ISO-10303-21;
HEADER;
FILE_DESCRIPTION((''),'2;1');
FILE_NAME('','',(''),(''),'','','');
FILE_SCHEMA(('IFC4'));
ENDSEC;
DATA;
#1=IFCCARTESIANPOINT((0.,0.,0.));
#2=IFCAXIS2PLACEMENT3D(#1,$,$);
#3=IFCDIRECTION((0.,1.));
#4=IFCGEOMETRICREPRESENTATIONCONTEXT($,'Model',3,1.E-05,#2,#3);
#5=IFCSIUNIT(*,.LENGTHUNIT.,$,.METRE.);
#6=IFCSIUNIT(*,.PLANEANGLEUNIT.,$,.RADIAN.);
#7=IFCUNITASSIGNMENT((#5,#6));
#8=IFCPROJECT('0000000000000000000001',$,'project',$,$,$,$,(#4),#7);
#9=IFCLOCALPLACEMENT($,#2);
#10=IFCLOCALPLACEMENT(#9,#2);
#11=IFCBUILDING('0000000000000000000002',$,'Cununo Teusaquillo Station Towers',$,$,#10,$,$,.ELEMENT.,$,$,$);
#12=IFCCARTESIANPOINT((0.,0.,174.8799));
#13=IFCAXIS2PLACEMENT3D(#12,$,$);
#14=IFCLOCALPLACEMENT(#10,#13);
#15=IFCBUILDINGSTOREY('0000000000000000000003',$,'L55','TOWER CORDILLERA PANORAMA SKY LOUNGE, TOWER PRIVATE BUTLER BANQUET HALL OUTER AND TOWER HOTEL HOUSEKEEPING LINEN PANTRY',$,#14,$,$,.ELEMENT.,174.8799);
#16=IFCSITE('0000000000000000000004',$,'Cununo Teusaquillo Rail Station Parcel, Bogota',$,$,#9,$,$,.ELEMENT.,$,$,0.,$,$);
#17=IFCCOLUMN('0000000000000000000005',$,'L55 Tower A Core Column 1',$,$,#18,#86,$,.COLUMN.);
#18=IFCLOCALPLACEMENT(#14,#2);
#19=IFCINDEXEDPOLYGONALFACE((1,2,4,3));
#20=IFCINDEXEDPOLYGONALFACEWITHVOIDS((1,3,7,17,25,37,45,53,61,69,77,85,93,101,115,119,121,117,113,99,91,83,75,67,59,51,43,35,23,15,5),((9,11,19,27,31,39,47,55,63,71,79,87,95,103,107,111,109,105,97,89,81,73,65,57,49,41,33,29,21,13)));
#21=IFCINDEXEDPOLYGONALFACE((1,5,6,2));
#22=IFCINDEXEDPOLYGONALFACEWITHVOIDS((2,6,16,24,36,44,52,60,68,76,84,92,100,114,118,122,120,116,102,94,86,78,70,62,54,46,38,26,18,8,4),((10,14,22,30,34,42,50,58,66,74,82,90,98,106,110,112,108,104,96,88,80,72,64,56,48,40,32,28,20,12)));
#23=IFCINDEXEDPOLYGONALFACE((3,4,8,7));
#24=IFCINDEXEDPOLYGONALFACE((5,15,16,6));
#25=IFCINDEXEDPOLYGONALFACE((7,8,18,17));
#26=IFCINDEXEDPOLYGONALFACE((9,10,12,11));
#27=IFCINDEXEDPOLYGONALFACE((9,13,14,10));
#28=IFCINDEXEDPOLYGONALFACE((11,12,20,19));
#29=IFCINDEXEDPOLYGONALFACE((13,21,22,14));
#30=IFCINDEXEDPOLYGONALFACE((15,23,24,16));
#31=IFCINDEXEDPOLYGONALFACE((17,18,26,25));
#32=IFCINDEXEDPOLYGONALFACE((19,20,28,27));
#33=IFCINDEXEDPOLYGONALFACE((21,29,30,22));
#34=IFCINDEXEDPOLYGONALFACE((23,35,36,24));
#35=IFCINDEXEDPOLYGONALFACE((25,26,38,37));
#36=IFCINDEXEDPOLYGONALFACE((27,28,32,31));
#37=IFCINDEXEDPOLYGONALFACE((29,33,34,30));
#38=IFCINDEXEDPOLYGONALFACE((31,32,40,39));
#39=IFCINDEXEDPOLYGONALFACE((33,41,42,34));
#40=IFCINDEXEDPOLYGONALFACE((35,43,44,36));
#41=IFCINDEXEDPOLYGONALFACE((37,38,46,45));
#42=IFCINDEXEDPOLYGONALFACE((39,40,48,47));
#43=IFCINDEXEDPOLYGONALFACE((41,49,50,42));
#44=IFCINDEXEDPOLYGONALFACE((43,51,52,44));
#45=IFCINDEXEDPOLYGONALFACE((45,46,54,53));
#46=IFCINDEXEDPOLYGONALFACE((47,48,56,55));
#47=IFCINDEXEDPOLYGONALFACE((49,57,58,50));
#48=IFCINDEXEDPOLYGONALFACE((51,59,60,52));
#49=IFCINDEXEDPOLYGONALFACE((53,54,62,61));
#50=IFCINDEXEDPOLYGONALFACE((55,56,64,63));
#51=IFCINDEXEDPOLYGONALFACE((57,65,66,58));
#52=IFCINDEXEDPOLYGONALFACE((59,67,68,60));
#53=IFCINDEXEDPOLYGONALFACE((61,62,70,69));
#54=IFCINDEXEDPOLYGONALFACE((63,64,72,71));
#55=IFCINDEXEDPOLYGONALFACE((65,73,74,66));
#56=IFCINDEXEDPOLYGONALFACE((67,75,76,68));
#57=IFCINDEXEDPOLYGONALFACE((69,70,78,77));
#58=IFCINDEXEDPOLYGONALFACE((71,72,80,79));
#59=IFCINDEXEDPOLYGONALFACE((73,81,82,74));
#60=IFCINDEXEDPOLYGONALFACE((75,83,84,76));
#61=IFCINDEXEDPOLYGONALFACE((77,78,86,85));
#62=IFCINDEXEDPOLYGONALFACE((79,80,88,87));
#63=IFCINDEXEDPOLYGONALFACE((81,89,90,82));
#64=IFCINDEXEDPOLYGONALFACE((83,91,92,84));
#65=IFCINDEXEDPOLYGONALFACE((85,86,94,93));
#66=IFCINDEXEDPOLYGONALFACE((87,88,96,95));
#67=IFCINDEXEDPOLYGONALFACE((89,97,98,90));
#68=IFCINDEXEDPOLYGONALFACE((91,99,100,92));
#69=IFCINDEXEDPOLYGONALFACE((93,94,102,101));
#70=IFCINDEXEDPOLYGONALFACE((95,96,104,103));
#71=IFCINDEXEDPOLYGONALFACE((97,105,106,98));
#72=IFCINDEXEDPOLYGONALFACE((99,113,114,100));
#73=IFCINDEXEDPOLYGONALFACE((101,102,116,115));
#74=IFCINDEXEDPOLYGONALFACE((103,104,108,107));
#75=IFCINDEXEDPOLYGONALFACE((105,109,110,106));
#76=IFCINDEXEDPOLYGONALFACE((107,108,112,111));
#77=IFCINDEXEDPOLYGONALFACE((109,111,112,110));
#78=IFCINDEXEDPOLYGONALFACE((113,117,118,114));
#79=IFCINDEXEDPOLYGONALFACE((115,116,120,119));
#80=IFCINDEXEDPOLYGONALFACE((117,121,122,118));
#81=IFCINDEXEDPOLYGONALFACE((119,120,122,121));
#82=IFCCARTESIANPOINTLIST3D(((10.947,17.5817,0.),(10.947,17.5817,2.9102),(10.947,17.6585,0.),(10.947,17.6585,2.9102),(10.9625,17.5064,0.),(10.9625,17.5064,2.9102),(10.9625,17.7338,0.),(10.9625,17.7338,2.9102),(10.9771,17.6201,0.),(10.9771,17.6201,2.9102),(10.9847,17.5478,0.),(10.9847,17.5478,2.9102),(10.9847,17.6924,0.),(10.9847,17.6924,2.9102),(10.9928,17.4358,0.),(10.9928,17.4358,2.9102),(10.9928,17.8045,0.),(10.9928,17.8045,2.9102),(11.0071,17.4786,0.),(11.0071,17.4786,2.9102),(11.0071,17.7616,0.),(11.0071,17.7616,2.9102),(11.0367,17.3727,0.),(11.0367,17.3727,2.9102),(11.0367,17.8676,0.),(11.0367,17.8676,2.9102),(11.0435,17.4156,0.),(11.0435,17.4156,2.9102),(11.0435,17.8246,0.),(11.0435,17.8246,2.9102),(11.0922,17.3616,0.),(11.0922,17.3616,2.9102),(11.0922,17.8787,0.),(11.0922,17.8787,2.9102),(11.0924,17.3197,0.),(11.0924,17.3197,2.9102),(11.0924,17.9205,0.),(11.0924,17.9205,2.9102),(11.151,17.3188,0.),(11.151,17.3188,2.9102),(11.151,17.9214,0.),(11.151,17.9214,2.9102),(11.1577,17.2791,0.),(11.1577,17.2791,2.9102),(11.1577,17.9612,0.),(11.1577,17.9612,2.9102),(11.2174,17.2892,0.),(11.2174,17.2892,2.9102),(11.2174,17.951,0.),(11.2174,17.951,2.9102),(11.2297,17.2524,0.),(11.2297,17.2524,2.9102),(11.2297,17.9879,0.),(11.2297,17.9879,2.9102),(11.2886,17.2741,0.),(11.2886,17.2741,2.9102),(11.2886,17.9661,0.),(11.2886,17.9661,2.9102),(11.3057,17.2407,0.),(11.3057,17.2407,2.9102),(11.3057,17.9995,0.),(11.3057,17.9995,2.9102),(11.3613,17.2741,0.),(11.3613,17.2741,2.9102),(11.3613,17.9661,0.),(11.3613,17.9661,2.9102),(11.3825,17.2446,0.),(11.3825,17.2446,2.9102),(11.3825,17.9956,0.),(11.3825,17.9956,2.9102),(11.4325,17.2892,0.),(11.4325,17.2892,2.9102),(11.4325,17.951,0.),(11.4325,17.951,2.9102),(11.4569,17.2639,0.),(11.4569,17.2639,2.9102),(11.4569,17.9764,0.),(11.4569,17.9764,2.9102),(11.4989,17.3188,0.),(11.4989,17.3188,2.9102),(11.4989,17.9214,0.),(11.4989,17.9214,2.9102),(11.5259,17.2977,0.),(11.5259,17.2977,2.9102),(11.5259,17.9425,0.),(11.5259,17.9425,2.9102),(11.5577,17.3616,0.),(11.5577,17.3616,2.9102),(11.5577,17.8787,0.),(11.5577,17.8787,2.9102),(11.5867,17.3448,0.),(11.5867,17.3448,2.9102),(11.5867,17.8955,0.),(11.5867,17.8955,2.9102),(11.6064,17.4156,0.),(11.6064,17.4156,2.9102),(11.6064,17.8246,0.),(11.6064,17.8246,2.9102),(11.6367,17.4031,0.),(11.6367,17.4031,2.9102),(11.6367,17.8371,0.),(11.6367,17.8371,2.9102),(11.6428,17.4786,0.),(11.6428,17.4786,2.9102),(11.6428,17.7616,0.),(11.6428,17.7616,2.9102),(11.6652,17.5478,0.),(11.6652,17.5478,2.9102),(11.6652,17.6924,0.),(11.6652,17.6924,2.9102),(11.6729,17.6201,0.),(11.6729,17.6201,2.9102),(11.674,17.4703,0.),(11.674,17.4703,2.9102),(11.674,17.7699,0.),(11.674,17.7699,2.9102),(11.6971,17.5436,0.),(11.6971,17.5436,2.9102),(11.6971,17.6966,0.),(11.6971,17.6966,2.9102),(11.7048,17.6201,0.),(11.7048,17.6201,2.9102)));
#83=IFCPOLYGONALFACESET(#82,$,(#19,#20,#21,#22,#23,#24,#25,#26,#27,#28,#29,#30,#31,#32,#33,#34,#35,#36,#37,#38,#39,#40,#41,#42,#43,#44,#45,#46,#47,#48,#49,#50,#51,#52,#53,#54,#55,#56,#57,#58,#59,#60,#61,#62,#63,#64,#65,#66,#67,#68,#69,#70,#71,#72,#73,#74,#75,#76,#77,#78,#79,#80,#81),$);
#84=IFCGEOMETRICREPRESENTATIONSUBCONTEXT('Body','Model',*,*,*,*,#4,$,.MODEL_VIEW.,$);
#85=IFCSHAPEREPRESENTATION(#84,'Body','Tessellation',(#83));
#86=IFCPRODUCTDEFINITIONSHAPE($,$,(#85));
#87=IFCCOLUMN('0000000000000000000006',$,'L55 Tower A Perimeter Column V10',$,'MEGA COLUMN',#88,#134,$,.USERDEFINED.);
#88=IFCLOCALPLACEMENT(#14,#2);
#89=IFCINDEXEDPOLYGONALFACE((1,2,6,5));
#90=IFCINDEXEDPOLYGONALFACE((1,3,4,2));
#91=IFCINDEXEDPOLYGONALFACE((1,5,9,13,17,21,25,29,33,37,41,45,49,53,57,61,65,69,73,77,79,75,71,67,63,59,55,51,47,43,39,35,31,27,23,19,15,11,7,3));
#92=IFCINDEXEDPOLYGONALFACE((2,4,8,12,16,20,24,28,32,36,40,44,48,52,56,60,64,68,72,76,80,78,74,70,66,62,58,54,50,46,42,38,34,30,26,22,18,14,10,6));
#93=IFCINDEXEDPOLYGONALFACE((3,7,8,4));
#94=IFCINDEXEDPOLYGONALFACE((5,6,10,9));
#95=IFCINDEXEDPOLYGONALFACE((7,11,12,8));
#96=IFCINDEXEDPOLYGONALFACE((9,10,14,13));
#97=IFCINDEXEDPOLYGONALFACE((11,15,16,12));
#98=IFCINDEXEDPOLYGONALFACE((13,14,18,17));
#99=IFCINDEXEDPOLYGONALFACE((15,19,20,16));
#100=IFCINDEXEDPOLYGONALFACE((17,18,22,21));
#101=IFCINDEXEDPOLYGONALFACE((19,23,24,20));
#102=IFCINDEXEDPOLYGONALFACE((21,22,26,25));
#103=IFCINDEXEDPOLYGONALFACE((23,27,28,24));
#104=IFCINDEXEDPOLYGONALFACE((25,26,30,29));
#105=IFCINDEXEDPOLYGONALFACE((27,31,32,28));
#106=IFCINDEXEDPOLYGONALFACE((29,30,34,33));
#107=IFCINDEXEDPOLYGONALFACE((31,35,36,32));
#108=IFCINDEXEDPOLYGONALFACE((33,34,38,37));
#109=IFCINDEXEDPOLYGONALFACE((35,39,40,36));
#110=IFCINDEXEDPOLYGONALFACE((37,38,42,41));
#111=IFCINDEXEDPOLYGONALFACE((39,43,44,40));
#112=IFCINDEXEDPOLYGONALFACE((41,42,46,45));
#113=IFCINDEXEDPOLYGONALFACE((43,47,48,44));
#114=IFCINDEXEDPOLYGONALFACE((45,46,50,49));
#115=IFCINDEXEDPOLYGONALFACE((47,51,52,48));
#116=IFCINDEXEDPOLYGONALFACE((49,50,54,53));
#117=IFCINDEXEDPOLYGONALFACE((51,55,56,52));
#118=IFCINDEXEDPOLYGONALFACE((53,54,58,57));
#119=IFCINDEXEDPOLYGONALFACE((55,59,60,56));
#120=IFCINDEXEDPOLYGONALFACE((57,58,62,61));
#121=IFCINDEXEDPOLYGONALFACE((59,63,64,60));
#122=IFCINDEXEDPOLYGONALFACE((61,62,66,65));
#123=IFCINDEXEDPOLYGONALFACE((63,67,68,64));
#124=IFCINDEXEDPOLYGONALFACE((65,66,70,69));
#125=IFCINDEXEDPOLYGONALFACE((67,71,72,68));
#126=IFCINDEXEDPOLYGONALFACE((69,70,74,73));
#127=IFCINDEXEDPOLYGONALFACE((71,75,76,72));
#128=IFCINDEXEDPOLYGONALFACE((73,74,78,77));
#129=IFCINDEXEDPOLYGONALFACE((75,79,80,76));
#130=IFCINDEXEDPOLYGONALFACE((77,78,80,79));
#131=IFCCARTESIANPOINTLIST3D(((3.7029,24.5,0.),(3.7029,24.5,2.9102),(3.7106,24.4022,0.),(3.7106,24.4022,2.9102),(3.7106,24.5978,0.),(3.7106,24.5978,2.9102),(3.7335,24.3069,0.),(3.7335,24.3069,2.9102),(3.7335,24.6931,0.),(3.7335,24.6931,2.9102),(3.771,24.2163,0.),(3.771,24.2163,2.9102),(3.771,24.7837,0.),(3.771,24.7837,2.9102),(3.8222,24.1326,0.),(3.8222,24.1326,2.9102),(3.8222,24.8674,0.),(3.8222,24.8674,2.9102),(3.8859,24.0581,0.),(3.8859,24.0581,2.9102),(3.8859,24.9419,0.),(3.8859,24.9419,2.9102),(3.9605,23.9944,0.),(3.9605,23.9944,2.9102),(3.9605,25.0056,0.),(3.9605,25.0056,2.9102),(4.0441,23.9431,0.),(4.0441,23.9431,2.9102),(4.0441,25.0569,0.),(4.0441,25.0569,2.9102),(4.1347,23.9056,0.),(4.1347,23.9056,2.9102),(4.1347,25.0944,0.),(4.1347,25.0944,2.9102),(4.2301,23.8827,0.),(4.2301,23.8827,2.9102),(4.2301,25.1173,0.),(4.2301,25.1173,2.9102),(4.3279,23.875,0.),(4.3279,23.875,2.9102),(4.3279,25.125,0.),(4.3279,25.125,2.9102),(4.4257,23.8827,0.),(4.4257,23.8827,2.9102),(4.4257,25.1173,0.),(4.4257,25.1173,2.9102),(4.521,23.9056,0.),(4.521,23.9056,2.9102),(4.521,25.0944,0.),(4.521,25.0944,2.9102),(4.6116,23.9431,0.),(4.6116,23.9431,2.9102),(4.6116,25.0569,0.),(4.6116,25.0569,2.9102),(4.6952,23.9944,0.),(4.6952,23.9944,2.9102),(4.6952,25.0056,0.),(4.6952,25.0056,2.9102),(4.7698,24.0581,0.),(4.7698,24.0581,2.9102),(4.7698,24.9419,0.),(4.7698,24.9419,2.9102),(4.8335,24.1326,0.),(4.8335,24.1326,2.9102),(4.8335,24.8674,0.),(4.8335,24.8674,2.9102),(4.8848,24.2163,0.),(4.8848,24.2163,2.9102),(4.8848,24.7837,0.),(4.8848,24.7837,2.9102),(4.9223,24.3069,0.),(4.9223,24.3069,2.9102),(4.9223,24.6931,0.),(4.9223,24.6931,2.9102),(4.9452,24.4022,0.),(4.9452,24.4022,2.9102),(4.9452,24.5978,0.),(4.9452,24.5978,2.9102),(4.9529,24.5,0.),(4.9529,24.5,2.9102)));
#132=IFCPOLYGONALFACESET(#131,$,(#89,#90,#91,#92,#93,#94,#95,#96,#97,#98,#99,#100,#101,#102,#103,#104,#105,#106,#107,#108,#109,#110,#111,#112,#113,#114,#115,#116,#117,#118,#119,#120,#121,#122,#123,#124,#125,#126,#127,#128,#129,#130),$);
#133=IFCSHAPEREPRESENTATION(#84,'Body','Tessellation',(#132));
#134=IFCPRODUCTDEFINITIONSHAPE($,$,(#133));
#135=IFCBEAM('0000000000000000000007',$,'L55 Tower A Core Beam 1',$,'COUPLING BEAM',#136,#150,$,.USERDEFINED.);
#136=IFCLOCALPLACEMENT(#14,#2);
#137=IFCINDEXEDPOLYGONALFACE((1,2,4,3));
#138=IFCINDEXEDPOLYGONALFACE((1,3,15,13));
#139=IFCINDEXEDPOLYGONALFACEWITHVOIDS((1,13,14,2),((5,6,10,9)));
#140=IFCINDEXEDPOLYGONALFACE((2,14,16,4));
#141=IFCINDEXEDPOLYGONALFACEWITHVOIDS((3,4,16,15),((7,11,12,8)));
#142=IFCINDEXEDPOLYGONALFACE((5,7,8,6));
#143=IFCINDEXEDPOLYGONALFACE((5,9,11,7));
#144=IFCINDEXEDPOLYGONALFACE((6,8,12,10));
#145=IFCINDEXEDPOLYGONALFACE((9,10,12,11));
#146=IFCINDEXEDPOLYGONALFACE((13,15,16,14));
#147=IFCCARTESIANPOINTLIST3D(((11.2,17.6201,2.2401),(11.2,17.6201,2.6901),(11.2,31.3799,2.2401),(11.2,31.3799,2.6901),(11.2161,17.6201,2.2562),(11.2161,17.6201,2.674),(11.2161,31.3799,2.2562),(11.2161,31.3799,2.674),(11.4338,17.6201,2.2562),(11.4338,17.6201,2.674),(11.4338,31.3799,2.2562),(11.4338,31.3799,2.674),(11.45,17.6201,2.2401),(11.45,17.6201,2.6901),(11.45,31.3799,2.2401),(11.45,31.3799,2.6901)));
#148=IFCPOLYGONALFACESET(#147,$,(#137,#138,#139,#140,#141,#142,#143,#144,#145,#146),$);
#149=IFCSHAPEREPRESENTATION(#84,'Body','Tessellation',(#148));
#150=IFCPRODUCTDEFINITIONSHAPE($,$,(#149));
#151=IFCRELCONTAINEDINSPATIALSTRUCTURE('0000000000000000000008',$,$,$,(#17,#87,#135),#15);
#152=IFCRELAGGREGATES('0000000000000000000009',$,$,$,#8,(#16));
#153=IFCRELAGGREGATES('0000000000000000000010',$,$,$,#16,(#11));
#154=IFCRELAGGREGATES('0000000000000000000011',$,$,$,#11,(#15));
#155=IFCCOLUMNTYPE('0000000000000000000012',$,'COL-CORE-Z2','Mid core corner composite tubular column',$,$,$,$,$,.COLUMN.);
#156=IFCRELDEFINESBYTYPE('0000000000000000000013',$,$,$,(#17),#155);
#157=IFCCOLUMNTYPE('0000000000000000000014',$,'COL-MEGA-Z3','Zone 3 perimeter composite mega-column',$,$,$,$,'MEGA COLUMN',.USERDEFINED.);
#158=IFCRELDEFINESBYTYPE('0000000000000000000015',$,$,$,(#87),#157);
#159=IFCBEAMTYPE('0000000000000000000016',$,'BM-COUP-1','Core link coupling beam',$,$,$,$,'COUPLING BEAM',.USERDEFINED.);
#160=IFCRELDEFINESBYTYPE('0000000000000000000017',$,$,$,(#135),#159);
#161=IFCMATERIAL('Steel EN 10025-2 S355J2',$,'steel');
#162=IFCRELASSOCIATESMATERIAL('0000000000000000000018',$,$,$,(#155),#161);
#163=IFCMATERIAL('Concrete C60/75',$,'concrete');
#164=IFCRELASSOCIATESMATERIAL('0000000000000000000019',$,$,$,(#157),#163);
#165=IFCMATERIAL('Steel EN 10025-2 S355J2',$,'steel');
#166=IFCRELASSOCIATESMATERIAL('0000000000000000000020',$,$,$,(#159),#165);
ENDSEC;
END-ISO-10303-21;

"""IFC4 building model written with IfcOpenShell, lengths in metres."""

from ifc_helpers import new_model, si_unit, direction, frame, origin, origin_2d, place, context, subcontext, project, spatial, hollow_rectangle, circle, hollow_circle, extrude, material, material_profile, profile_set, type_object, element, save


model = new_model("IFC4")

# Units and contexts
model_context = context("Model", 3, precision=1e-05, world=origin(), true_north=direction((0.0, 1.0)))
body_context = subcontext(model_context, "Body", "Model", "MODEL_VIEW")
ifc_project = project(units=[si_unit("LENGTHUNIT", "METRE"), si_unit("PLANEANGLEUNIT", "RADIAN")], contexts=[model_context])

# Site, building, storey
site_placement = place(None, origin())
site = spatial("IfcSite", under=ifc_project, at=site_placement, Name="Cununo Teusaquillo Rail Station Parcel, Bogota", CompositionType="ELEMENT", RefElevation=0.0)
building_placement = place(site_placement, origin())
building = spatial("IfcBuilding", under=site, at=building_placement, Name="Cununo Teusaquillo Station Towers", CompositionType="ELEMENT")
storey_placement = place(building_placement, frame((0.0, 0.0, 174.8799)))
storey = spatial("IfcBuildingStorey", under=building, at=storey_placement, Name="L55", Description="TOWER CORDILLERA PANORAMA SKY LOUNGE, TOWER PRIVATE BUTLER BANQUET HALL OUTER AND TOWER HOTEL HOUSEKEEPING LINEN PANTRY", CompositionType="ELEMENT", Elevation=174.8799)

# Columns
ifc_material_1 = material(Name="Steel EN 10025-2 S355J2", Category="steel")
ifc_material_profile_1 = material_profile(ifc_material_1, hollow_circle(Radius=0.3799, WallThickness=0.032, at=origin_2d()), Name="CHS 760x32")
ifc_profile_set_1 = profile_set([ifc_material_profile_1], Name="Steel EN 10025-2 S355J2")
column_type_1 = type_object("IfcColumnType", Name="COL-CORE-Z2", Description="Mid core corner composite tubular column", PredefinedType="COLUMN", material=ifc_profile_set_1)
column_1_placement = place(storey_placement, frame((11.325, 17.6201, 0.0), z_axis=(0.0, 0.0, 1.0), x_axis=(1.0, 0.0, 0.0)))
element("IfcColumn", 1, at=column_1_placement, inside=storey, type_object=column_type_1, Name="L55 Tower A Core Column 1", PredefinedType="COLUMN", context=body_context, shape_type="SweptSolid", body=[
    extrude(hollow_circle(Radius=0.3799, WallThickness=0.032, at=origin_2d()), origin(), (0.0, 0.0, 1.0), 2.9102),
])
ifc_material_2 = material(Name="Concrete C60/75", Category="concrete")
ifc_material_profile_2 = material_profile(ifc_material_2, circle(Radius=0.625, at=origin_2d()), Name="RC-CIRC-1250")
ifc_profile_set_2 = profile_set([ifc_material_profile_2], Name="Concrete C60/75")
column_type_2 = type_object("IfcColumnType", Name="COL-MEGA-Z3", Description="Zone 3 perimeter composite mega-column", ElementType="MEGA COLUMN", PredefinedType="USERDEFINED", material=ifc_profile_set_2)
column_2_placement = place(storey_placement, frame((4.3279, 24.5, 0.0), z_axis=(0.0, 0.0, 1.0), x_axis=(1.0, 0.0, 0.0)))
element("IfcColumn", 2, at=column_2_placement, inside=storey, type_object=column_type_2, Name="L55 Tower A Perimeter Column V10", ObjectType="MEGA COLUMN", PredefinedType="USERDEFINED", context=body_context, shape_type="SweptSolid", body=[
    extrude(circle(Radius=0.625, at=origin_2d()), origin(), (0.0, 0.0, 1.0), 2.9102),
])

# Beam
ifc_material_3 = material(Name="Steel EN 10025-2 S355J2", Category="steel")
ifc_material_profile_3 = material_profile(ifc_material_3, hollow_rectangle(XDim=0.25, YDim=0.45, WallThickness=0.0161, at=origin_2d()), Name="RHS 450x250x16")
ifc_profile_set_3 = profile_set([ifc_material_profile_3], Name="Steel EN 10025-2 S355J2")
beam_type_1 = type_object("IfcBeamType", Name="BM-COUP-1", Description="Core link coupling beam", ElementType="COUPLING BEAM", PredefinedType="USERDEFINED", material=ifc_profile_set_3)
beam_1_placement = place(storey_placement, frame((11.325, 17.6201, 2.4651), z_axis=(0.0, 1.0, 0.0), x_axis=(-1.0, 0.0, 0.0)))
element("IfcBeam", 3, at=beam_1_placement, inside=storey, type_object=beam_type_1, Name="L55 Tower A Core Beam 1", ObjectType="COUPLING BEAM", PredefinedType="USERDEFINED", context=body_context, shape_type="SweptSolid", body=[
    extrude(hollow_rectangle(XDim=0.25, YDim=0.45, WallThickness=0.0161, at=origin_2d()), origin(), (0.0, 0.0, 1.0), 13.7598),
])

save(model, "model.ifc")
